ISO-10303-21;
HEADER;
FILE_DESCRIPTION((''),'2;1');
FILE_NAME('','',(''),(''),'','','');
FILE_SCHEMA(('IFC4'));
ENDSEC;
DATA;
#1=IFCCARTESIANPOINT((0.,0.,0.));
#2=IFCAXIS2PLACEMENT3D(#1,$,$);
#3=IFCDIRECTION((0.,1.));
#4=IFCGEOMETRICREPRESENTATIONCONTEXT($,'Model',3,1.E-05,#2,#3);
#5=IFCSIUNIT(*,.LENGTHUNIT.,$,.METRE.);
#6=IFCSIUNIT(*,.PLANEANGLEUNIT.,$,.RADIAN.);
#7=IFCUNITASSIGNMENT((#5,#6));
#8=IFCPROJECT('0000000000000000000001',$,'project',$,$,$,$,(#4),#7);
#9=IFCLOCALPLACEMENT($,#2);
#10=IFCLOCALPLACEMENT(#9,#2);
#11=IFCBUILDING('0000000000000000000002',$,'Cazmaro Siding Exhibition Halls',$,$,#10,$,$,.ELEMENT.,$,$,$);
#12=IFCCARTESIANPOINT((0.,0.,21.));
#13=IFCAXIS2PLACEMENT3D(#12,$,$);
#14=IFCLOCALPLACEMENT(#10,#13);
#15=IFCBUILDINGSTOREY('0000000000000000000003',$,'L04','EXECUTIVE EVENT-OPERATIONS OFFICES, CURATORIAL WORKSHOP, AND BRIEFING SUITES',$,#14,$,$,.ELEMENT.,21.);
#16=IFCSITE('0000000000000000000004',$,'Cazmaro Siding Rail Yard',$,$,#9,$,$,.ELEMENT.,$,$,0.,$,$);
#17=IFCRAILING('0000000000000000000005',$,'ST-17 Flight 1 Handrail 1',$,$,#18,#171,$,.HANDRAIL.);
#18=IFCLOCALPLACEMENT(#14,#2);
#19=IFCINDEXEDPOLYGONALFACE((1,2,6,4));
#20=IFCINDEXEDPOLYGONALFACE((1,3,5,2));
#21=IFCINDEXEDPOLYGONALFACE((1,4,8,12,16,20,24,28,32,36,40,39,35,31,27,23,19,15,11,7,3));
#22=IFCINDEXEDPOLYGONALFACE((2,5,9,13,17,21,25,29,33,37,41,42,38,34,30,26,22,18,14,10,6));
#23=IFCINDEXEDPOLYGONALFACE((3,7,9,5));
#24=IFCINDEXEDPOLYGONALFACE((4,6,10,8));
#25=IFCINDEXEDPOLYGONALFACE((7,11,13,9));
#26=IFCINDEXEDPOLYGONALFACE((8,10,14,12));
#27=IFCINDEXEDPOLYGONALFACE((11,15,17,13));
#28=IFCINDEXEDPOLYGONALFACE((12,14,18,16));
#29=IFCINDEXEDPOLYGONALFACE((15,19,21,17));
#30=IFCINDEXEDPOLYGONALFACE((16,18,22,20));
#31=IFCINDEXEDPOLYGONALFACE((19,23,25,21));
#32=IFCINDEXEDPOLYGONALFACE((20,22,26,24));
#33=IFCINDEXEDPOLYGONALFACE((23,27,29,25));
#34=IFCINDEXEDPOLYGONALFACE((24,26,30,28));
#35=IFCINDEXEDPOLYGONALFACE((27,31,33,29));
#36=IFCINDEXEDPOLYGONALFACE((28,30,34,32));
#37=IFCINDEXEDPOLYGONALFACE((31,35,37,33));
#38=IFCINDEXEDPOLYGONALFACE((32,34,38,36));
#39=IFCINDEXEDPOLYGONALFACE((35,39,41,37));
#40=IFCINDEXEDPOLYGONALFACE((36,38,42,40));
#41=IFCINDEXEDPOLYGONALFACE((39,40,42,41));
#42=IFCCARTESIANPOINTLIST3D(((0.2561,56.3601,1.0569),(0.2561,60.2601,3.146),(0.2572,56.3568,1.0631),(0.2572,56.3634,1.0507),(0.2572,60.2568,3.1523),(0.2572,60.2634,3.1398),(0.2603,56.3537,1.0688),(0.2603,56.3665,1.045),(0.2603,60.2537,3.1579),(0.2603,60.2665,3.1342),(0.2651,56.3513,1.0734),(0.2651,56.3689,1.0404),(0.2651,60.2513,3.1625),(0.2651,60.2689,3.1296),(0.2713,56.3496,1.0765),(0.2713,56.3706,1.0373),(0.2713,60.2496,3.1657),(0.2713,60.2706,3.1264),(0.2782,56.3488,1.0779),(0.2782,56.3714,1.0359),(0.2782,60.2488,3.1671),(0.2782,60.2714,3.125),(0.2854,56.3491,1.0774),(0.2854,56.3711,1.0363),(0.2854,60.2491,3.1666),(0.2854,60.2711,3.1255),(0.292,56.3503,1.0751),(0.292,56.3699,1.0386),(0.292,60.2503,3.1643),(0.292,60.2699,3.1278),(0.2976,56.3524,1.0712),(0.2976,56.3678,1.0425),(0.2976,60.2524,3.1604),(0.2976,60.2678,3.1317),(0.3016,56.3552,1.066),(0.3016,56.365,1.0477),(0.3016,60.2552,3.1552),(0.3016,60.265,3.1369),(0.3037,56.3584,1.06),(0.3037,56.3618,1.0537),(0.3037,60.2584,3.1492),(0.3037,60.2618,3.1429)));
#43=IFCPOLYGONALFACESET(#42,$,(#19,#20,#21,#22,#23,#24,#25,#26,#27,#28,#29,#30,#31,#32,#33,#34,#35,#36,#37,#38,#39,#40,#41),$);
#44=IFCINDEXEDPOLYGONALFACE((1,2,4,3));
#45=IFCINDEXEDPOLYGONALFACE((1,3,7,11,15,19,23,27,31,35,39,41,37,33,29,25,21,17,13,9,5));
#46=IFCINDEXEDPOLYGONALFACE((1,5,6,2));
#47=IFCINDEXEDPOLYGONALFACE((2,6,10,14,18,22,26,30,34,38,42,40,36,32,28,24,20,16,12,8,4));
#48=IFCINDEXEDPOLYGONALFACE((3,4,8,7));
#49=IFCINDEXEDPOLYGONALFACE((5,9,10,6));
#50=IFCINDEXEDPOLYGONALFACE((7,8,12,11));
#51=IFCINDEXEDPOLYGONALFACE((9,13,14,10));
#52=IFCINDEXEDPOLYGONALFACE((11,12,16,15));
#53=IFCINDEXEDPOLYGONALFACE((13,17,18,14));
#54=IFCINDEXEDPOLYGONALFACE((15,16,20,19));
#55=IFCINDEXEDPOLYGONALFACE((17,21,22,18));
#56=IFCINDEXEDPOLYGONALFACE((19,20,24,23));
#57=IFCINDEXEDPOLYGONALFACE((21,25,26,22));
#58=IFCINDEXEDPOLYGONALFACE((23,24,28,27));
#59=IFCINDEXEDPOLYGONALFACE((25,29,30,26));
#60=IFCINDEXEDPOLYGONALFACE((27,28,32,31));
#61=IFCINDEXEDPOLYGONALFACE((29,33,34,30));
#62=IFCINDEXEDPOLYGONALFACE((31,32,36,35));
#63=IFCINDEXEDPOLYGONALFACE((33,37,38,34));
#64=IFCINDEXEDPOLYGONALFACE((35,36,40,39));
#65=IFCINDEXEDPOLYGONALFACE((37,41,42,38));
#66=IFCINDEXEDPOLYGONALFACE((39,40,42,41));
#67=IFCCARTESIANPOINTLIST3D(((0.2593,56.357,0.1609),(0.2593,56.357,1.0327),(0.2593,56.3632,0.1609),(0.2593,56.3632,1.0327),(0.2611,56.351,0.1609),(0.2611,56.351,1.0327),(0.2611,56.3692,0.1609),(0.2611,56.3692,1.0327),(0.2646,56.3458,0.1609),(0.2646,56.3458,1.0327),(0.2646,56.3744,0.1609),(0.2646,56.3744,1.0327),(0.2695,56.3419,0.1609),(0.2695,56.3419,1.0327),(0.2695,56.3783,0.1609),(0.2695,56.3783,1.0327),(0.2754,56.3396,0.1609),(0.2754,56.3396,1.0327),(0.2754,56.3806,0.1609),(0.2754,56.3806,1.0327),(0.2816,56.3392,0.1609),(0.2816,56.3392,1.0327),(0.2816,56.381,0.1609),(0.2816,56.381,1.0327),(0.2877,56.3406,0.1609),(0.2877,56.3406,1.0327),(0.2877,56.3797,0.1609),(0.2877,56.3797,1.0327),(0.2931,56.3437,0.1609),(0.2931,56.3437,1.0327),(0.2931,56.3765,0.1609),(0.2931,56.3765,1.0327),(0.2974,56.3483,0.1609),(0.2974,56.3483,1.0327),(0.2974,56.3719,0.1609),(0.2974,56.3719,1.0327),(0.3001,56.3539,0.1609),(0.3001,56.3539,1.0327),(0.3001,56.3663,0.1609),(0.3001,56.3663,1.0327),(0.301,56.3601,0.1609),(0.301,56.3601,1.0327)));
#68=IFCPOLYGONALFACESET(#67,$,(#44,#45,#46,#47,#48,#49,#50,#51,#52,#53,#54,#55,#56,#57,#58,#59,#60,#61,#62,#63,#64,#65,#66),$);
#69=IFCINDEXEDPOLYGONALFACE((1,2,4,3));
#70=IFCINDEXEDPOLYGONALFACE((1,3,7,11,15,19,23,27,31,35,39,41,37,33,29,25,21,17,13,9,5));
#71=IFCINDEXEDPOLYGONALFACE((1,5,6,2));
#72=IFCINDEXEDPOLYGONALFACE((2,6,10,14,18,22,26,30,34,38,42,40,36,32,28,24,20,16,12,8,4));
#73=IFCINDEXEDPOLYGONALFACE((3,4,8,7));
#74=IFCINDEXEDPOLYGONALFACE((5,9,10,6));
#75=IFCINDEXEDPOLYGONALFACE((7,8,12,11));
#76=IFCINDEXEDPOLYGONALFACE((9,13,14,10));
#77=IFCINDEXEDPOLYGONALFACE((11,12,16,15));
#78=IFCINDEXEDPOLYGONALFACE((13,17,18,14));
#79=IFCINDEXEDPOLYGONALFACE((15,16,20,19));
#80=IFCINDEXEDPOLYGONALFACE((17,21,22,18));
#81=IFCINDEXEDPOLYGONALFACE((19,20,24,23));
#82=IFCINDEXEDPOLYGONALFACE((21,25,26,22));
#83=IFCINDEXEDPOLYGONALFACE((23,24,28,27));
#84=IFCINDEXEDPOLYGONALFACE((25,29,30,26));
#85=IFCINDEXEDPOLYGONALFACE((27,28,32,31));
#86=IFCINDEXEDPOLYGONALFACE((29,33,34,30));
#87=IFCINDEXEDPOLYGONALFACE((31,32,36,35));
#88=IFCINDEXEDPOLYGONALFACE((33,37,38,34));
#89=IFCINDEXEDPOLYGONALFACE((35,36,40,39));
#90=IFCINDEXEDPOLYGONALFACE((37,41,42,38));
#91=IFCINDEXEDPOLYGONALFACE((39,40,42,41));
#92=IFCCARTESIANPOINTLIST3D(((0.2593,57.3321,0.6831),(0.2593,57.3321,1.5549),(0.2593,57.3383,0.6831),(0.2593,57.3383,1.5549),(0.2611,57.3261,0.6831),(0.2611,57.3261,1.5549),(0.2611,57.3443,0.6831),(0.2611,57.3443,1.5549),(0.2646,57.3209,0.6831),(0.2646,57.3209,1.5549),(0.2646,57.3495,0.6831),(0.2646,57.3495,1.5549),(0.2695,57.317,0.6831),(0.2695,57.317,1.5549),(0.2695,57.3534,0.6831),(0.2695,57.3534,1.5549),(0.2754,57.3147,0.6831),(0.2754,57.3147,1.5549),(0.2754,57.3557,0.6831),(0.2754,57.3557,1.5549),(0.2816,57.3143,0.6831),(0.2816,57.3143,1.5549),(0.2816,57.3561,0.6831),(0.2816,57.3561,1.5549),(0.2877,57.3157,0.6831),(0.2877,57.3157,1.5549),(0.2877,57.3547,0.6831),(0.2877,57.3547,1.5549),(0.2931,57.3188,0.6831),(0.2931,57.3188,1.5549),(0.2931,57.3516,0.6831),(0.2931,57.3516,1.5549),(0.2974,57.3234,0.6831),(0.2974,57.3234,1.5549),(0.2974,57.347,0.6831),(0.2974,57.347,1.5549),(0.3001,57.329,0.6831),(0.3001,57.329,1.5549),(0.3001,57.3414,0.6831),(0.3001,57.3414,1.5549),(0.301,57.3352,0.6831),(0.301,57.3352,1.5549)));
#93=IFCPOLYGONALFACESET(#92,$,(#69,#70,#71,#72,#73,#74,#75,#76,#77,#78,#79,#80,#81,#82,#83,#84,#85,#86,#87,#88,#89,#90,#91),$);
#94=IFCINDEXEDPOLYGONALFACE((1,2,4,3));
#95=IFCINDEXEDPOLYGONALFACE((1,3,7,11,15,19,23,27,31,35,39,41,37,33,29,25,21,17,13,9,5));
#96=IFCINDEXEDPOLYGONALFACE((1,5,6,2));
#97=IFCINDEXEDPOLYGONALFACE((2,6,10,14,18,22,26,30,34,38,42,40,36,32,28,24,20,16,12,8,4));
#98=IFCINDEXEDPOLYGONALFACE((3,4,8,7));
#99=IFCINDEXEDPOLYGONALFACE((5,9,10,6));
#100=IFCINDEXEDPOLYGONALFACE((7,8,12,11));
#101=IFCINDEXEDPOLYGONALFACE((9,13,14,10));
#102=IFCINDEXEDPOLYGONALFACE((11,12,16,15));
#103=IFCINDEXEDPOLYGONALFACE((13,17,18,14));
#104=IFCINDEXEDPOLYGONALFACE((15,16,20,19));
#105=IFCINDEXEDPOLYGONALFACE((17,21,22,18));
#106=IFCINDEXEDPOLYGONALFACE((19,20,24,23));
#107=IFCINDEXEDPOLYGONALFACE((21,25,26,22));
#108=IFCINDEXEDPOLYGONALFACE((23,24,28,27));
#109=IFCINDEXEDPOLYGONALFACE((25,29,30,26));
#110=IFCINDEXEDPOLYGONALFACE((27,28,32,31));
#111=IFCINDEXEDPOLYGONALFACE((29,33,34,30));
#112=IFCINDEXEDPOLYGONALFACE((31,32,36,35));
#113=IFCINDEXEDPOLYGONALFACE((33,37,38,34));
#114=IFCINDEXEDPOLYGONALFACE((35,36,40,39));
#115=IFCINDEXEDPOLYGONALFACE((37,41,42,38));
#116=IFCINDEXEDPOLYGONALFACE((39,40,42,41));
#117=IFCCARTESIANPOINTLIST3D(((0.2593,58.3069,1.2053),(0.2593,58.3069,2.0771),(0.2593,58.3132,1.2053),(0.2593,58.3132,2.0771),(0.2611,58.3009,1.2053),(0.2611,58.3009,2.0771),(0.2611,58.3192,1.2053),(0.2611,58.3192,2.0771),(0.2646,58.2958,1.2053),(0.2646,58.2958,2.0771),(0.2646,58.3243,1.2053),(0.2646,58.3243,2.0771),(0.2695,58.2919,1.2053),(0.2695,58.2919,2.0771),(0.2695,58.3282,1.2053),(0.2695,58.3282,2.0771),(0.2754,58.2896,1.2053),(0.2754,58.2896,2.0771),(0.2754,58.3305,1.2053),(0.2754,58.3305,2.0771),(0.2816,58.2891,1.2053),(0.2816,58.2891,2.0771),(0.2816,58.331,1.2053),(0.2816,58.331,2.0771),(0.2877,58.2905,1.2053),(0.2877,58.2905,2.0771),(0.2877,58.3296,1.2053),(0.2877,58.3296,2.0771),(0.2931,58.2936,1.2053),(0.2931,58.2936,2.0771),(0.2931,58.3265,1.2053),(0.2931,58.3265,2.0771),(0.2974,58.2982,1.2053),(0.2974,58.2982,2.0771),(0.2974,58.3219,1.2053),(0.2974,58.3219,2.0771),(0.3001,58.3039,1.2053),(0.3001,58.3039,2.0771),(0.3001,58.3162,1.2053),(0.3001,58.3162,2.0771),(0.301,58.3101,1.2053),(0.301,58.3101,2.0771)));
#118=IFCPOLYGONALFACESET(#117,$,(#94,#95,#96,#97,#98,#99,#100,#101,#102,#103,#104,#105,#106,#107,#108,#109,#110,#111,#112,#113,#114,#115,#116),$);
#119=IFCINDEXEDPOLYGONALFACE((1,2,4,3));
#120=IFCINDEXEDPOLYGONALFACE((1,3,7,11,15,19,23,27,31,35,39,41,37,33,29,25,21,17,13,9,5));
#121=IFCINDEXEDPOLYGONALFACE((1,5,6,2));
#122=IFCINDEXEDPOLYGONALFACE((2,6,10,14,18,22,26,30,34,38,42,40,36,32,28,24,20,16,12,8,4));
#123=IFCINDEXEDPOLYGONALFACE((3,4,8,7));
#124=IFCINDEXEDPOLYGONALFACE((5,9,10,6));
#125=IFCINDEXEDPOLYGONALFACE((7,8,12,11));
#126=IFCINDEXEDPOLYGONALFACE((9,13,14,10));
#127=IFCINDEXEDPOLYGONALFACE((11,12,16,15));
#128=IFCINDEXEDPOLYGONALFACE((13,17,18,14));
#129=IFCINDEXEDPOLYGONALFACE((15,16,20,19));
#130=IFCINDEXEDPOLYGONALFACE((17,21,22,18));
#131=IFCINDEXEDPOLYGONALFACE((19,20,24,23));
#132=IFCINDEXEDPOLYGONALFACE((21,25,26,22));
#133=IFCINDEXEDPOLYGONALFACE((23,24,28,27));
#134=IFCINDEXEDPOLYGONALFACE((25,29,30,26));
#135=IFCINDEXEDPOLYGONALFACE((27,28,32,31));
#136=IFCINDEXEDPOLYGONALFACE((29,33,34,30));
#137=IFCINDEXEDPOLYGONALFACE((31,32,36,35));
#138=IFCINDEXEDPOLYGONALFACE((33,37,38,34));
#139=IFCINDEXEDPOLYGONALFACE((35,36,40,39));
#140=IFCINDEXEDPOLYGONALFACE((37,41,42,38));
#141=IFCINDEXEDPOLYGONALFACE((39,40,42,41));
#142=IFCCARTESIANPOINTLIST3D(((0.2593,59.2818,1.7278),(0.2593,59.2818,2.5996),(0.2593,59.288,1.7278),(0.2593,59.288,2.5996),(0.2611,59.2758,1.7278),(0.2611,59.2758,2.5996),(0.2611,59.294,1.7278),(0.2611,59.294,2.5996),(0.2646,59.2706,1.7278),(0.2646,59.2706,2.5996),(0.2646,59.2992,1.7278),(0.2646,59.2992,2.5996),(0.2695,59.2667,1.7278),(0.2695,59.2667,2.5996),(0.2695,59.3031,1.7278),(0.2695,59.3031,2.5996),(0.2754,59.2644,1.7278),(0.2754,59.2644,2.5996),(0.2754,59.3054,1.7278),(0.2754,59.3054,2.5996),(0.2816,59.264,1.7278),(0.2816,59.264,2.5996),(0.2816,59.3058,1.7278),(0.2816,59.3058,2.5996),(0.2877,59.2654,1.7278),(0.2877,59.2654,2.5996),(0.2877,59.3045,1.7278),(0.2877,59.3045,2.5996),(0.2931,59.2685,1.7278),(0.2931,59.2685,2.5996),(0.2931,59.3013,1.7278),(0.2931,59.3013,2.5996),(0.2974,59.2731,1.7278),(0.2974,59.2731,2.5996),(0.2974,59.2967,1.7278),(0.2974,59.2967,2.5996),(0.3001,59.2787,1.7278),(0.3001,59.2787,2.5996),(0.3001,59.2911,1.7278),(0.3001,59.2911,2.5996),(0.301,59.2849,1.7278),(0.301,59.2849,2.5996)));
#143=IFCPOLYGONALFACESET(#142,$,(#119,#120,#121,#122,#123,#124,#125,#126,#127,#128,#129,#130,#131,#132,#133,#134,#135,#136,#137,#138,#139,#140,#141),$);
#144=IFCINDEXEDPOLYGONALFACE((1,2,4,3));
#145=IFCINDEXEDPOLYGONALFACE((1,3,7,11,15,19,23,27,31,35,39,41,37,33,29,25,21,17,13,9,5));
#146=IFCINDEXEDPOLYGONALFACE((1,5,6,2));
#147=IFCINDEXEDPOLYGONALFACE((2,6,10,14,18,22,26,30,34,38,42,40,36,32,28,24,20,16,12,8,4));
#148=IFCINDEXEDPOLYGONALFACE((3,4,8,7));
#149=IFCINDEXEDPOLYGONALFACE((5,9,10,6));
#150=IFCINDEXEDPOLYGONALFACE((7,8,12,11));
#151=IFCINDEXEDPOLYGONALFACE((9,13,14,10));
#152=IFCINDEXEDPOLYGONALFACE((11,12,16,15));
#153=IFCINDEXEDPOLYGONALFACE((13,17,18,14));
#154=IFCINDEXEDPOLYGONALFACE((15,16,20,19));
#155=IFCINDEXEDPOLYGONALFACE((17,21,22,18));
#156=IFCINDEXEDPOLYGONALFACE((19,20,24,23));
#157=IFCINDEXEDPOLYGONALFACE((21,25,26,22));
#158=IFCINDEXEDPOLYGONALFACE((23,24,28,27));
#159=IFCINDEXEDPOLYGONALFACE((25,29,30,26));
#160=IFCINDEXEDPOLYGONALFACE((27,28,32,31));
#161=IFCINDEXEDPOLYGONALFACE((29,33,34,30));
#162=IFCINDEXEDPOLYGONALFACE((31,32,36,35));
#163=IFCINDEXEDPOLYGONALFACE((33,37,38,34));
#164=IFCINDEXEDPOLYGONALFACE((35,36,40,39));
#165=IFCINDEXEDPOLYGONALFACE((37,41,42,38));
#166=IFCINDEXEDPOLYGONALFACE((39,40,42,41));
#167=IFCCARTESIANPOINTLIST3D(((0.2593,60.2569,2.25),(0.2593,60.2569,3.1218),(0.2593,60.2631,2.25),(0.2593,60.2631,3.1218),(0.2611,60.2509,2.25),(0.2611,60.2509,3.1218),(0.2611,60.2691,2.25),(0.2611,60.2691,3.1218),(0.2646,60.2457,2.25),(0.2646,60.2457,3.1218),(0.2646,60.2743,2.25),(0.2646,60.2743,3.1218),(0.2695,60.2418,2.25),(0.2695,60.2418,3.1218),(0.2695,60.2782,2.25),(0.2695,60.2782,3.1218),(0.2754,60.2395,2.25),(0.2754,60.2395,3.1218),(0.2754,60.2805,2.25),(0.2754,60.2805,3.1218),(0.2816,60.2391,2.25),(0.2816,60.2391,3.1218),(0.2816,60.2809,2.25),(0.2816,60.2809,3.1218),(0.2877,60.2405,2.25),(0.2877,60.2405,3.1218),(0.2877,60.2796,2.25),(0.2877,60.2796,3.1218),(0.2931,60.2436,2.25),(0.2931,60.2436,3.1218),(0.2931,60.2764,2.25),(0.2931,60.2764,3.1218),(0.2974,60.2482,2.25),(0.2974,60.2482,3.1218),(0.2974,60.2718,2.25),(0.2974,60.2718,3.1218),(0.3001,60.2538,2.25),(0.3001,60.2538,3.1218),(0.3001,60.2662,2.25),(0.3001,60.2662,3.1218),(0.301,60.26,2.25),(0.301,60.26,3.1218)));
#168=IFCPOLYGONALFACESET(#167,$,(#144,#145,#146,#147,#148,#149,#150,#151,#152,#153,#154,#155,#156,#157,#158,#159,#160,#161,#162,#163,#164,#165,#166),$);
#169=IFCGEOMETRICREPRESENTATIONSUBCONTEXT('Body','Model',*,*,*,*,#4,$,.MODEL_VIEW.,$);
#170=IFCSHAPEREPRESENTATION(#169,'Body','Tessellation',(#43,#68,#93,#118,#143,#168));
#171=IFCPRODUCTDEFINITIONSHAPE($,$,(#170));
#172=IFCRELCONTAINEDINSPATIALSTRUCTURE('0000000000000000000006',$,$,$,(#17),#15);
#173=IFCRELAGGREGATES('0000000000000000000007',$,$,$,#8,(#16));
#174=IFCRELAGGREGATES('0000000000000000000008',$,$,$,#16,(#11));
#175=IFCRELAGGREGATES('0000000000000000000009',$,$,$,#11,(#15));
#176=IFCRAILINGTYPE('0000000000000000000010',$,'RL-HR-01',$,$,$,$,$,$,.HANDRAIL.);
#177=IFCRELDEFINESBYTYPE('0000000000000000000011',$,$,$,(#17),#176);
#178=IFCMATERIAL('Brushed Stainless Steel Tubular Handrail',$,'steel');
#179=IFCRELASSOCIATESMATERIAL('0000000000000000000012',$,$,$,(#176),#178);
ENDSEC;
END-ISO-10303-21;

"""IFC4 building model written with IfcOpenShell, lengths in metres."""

from ifc_helpers import new_model, si_unit, direction, frame, origin, origin_2d, place, context, subcontext, project, spatial, circle, extrude, material, type_object, element, save


model = new_model("IFC4")

# Units and contexts
model_context = context("Model", 3, precision=1e-05, world=origin(), true_north=direction((0.0, 1.0)))
body_context = subcontext(model_context, "Body", "Model", "MODEL_VIEW")
ifc_project = project(units=[si_unit("LENGTHUNIT", "METRE"), si_unit("PLANEANGLEUNIT", "RADIAN")], contexts=[model_context])

# Site, building, storey
site_placement = place(None, origin())
site = spatial("IfcSite", under=ifc_project, at=site_placement, Name="Cazmaro Siding Rail Yard", CompositionType="ELEMENT", RefElevation=0.0)
building_placement = place(site_placement, origin())
building = spatial("IfcBuilding", under=site, at=building_placement, Name="Cazmaro Siding Exhibition Halls", CompositionType="ELEMENT")
storey_placement = place(building_placement, frame((0.0, 0.0, 21.0)))
storey = spatial("IfcBuildingStorey", under=building, at=storey_placement, Name="L04", Description="EXECUTIVE EVENT-OPERATIONS OFFICES, CURATORIAL WORKSHOP, AND BRIEFING SUITES", CompositionType="ELEMENT", Elevation=21.0)

# Railing
ifc_material_1 = material(Name="Brushed Stainless Steel Tubular Handrail", Category="steel")
railing_type_1 = type_object("IfcRailingType", Name="RL-HR-01", PredefinedType="HANDRAIL", material=ifc_material_1)
railing_1_placement = place(storey_placement, frame((0.28, 56.3601, 0.1609)))
element("IfcRailing", 1, at=railing_1_placement, inside=storey, type_object=railing_type_1, Name="ST-17 Flight 1 Handrail 1", PredefinedType="HANDRAIL", context=body_context, shape_type="SweptSolid", body=[
    extrude(circle(Radius=0.0239, at=origin_2d()), frame((0.0, 0.0, 0.896), z_axis=(0.0, 0.881491, 0.4722), x_axis=(-1.0, 0.0, 0.0)), (0.0, 0.0, 1.0), 4.4243),
    extrude(circle(Radius=0.021, at=origin_2d()), origin(), (0.0, 0.0, 1.0), 0.8718),
    extrude(circle(Radius=0.021, at=origin_2d()), frame((0.0, 0.9751, 0.5222)), (0.0, 0.0, 1.0), 0.8718),
    extrude(circle(Radius=0.021, at=origin_2d()), frame((0.0, 1.95, 1.0444)), (0.0, 0.0, 1.0), 0.8718),
    extrude(circle(Radius=0.021, at=origin_2d()), frame((0.0, 2.9248, 1.5669)), (0.0, 0.0, 1.0), 0.8718),
    extrude(circle(Radius=0.021, at=origin_2d()), frame((0.0, 3.8999, 2.0891)), (0.0, 0.0, 1.0), 0.8718),
])

save(model, "model.ifc")
